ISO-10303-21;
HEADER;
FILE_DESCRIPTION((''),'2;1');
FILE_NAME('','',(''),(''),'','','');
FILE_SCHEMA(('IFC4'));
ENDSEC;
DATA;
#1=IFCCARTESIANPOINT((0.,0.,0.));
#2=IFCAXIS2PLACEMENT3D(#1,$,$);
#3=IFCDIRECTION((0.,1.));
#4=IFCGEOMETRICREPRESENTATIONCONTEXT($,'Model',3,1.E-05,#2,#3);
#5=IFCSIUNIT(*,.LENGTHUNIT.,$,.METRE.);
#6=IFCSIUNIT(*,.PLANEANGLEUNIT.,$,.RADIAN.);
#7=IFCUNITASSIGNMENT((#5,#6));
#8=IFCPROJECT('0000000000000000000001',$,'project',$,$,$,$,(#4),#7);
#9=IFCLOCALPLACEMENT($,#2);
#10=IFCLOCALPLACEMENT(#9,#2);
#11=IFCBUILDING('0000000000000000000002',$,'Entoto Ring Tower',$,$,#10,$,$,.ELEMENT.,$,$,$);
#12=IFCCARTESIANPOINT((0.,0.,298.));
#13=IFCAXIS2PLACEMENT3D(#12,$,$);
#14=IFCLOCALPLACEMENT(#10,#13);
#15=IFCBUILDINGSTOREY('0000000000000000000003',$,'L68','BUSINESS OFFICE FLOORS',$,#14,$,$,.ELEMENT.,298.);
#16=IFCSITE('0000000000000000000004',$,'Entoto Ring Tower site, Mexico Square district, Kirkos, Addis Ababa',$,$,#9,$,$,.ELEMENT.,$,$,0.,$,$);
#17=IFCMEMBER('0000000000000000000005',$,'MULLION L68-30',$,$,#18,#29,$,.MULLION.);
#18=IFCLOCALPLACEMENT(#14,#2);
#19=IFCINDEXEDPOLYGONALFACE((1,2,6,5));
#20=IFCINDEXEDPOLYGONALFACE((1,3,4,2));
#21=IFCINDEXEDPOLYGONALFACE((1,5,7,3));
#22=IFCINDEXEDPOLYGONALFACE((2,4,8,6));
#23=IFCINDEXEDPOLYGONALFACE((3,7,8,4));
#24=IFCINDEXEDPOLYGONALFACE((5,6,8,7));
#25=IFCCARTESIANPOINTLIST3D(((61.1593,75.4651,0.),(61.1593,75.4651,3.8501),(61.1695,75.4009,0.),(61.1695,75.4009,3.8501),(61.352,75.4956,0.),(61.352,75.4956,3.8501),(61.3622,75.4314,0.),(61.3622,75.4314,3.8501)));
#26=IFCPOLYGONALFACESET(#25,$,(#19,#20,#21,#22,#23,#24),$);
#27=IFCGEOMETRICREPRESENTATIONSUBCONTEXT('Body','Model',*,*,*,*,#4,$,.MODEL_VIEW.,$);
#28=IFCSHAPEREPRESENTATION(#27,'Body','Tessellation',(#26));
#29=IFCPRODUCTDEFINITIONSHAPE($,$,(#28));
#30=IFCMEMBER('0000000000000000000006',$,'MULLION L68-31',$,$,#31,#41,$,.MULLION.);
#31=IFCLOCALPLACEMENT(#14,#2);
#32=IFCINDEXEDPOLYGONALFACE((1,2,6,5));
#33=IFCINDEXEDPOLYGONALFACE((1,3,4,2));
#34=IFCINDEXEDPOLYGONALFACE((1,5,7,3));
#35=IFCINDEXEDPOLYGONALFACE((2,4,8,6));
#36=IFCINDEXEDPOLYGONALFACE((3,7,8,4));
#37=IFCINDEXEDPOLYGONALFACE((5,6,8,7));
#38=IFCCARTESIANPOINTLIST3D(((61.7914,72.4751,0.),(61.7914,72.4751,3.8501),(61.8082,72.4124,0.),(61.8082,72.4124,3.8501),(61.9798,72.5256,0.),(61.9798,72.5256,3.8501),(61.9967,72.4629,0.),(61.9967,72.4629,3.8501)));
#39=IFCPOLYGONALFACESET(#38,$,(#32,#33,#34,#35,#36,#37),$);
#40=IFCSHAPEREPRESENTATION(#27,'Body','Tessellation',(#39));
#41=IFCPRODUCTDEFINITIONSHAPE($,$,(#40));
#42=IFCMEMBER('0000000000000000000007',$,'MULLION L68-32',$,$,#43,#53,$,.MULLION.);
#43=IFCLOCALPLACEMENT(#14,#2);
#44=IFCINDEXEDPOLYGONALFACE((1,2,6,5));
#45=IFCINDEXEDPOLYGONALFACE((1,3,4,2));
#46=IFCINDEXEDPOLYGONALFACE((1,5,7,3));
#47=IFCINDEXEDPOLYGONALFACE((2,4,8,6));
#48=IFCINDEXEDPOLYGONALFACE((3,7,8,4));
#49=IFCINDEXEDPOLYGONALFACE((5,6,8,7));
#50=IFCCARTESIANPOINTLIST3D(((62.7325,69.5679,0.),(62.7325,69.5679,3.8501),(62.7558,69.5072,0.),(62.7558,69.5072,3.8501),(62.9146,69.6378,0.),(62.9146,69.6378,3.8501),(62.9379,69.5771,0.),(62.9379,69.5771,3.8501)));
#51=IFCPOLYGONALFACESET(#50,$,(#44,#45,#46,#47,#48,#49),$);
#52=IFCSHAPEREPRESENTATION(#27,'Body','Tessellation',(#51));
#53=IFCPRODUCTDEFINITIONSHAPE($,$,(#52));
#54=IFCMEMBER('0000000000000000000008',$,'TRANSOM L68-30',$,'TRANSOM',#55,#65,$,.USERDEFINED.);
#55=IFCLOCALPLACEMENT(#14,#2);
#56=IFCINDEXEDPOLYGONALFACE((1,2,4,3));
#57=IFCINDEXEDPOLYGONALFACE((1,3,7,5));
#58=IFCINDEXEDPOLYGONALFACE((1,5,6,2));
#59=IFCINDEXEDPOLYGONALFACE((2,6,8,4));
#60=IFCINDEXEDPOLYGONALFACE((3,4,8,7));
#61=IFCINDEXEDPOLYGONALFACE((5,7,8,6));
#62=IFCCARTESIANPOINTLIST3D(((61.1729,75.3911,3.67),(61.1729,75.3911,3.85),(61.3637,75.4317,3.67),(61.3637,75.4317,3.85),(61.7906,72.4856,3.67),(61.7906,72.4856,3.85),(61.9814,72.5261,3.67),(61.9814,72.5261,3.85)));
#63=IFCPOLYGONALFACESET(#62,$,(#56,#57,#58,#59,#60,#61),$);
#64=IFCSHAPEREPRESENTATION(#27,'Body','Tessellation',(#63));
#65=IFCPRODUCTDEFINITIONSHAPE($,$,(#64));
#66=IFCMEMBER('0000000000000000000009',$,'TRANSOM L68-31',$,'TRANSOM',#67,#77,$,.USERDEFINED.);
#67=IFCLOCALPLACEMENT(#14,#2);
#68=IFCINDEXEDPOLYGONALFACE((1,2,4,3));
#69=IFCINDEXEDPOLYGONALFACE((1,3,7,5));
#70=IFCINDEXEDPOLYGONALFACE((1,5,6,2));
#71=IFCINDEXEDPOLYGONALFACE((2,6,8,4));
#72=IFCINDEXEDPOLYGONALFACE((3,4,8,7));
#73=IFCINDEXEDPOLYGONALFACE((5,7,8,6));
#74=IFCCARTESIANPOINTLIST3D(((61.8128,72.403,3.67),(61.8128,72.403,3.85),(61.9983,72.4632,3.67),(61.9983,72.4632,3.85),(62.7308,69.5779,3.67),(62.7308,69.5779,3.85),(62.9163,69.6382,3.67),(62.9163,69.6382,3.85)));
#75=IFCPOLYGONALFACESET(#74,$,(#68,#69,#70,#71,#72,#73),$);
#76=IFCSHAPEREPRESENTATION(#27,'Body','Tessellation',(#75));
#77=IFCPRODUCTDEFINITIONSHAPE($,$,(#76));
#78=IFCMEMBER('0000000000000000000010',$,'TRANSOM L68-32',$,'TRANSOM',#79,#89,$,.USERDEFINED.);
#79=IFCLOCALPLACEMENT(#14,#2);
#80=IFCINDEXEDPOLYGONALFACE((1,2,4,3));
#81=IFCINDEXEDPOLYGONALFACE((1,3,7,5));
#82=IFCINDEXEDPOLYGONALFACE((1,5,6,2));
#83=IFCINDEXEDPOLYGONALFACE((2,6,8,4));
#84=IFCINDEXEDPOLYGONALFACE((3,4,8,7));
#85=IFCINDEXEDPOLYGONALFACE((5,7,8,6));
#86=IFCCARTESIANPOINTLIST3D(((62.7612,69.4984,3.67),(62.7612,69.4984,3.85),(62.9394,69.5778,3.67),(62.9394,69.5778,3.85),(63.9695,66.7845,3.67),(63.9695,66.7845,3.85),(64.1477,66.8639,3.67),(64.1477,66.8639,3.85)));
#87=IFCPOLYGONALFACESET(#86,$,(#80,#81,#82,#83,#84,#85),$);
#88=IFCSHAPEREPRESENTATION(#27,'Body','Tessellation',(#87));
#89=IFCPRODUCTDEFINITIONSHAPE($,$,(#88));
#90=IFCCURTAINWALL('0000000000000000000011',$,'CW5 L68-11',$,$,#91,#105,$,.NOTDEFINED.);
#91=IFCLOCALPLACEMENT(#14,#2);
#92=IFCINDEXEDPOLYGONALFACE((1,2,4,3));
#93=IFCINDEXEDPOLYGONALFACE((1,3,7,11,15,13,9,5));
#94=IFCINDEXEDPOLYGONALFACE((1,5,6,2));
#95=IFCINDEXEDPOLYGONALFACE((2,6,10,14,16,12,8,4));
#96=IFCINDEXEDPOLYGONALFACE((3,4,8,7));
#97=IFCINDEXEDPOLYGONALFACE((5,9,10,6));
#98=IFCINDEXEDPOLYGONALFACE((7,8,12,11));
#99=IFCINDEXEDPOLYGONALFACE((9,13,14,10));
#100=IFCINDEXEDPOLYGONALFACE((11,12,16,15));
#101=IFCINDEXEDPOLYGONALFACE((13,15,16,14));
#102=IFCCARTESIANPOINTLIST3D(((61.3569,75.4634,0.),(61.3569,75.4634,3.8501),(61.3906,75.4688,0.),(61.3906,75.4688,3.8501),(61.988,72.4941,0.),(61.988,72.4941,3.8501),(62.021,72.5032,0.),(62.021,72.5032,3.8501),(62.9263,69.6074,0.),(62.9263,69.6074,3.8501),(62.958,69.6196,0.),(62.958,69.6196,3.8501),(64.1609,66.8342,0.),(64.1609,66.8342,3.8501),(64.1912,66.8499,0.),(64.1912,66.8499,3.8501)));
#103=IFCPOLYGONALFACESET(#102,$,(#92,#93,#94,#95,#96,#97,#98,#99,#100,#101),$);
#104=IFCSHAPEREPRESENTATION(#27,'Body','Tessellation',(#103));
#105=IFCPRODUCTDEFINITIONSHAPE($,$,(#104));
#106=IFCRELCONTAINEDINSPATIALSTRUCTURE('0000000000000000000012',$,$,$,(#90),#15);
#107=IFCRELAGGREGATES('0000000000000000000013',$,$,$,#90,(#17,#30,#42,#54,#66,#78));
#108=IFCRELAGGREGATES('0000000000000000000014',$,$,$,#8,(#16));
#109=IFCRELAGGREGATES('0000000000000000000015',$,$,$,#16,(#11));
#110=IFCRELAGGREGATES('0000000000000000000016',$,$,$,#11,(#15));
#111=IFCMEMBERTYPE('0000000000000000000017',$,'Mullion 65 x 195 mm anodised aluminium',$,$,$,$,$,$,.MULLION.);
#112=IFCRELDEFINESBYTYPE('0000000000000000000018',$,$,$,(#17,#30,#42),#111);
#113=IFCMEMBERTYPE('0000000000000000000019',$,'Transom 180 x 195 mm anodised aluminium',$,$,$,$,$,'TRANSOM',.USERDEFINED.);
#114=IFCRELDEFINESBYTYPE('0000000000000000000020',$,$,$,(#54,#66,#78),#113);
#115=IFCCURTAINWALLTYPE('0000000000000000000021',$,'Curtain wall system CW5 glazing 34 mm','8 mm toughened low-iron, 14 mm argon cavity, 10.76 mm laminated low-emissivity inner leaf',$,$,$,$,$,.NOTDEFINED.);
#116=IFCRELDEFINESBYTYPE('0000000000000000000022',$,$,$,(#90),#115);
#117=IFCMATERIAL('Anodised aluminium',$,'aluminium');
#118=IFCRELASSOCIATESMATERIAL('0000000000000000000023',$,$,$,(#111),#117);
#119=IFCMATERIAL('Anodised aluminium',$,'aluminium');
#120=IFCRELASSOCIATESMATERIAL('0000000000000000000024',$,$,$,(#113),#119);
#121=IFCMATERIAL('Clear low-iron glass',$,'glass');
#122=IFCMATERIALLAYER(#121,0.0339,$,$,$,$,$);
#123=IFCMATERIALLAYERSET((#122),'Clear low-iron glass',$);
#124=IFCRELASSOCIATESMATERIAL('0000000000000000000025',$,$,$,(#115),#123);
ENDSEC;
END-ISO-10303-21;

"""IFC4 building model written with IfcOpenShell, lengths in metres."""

from ifc_helpers import new_model, si_unit, direction, frame, origin, origin_2d, place, context, subcontext, project, spatial, polyline, rectangle, outline, extrude, material, layer, layer_set, material_profile, profile_set, type_object, element, aggregate, save


model = new_model("IFC4")

# Units and contexts
model_context = context("Model", 3, precision=1e-05, world=origin(), true_north=direction((0.0, 1.0)))
body_context = subcontext(model_context, "Body", "Model", "MODEL_VIEW")
ifc_project = project(units=[si_unit("LENGTHUNIT", "METRE"), si_unit("PLANEANGLEUNIT", "RADIAN")], contexts=[model_context])

# Members
ifc_material_1 = material(Name="Anodised aluminium", Category="aluminium")
ifc_material_profile_1 = material_profile(ifc_material_1, rectangle(XDim=0.0649, YDim=0.1951, at=origin_2d()), Name="Mullion 65 x 195 mm anodised aluminium")
ifc_profile_set_1 = profile_set([ifc_material_profile_1], Name="Anodised aluminium")
member_type_1 = type_object("IfcMemberType", Name="Mullion 65 x 195 mm anodised aluminium", PredefinedType="MULLION", material=ifc_profile_set_1)
site_placement = place(None, origin())
building_placement = place(site_placement, origin())
storey_placement = place(building_placement, frame((0.0, 0.0, 298.0)))
member_1_placement = place(storey_placement, frame((61.2607, 75.4482, 0.0), z_axis=(0.0, 0.0, 1.0), x_axis=(0.156434, -0.987688, 0.0)))
member_1 = element("IfcMember", 1, at=member_1_placement, type_object=member_type_1, Name="MULLION L68-30", PredefinedType="MULLION", context=body_context, shape_type="SweptSolid", body=[
    extrude(rectangle(XDim=0.0649, YDim=0.1951, at=origin_2d()), origin(), (0.0, 0.0, 1.0), 3.8501),
])
member_2_placement = place(storey_placement, frame((61.894, 72.469, 0.0), z_axis=(0.0, 0.0, 1.0), x_axis=(0.258819, -0.965926, 0.0)))
member_2 = element("IfcMember", 2, at=member_2_placement, type_object=member_type_1, Name="MULLION L68-31", PredefinedType="MULLION", context=body_context, shape_type="SweptSolid", body=[
    extrude(rectangle(XDim=0.0649, YDim=0.1951, at=origin_2d()), origin(), (0.0, 0.0, 1.0), 3.8501),
])
member_3_placement = place(storey_placement, frame((62.8352, 69.5725, 0.0), z_axis=(0.0, 0.0, 1.0), x_axis=(0.358368, -0.93358, 0.0)))
member_3 = element("IfcMember", 3, at=member_3_placement, type_object=member_type_1, Name="MULLION L68-32", PredefinedType="MULLION", context=body_context, shape_type="SweptSolid", body=[
    extrude(rectangle(XDim=0.0649, YDim=0.1951, at=origin_2d()), origin(), (0.0, 0.0, 1.0), 3.8501),
])
ifc_material_2 = material(Name="Anodised aluminium", Category="aluminium")
ifc_material_profile_2 = material_profile(ifc_material_2, rectangle(XDim=0.1951, YDim=0.1799, at=origin_2d()), Name="Transom 180 x 195 mm anodised aluminium")
ifc_profile_set_2 = profile_set([ifc_material_profile_2], Name="Anodised aluminium")
member_type_2 = type_object("IfcMemberType", Name="Transom 180 x 195 mm anodised aluminium", ElementType="TRANSOM", PredefinedType="USERDEFINED", material=ifc_profile_set_2)
member_4_placement = place(storey_placement, frame((61.2683, 75.4114, 3.76), z_axis=(0.20794, -0.978142, 0.0), x_axis=(0.978142, 0.20794, 0.0)))
member_4 = element("IfcMember", 4, at=member_4_placement, type_object=member_type_2, Name="TRANSOM L68-30", ObjectType="TRANSOM", PredefinedType="USERDEFINED", context=body_context, shape_type="SweptSolid", body=[
    extrude(rectangle(XDim=0.1951, YDim=0.1799, at=origin_2d()), origin(), (0.0, 0.0, 1.0), 2.9705),
])
member_5_placement = place(storey_placement, frame((61.9055, 72.4331, 3.76), z_axis=(0.309043, -0.951048, 0.0), x_axis=(0.951048, 0.309043, 0.0)))
member_5 = element("IfcMember", 5, at=member_5_placement, type_object=member_type_2, Name="TRANSOM L68-31", ObjectType="TRANSOM", PredefinedType="USERDEFINED", context=body_context, shape_type="SweptSolid", body=[
    extrude(rectangle(XDim=0.1951, YDim=0.1799, at=origin_2d()), origin(), (0.0, 0.0, 1.0), 2.9705),
])
member_6_placement = place(storey_placement, frame((62.8503, 69.5381, 3.76), z_axis=(0.406726, -0.91355, 0.0), x_axis=(0.91355, 0.406726, 0.0)))
member_6 = element("IfcMember", 6, at=member_6_placement, type_object=member_type_2, Name="TRANSOM L68-32", ObjectType="TRANSOM", PredefinedType="USERDEFINED", context=body_context, shape_type="SweptSolid", body=[
    extrude(rectangle(XDim=0.1951, YDim=0.1799, at=origin_2d()), origin(), (0.0, 0.0, 1.0), 2.9707),
])

# Site, building, storey
site = spatial("IfcSite", under=ifc_project, at=site_placement, Name="Entoto Ring Tower site, Mexico Square district, Kirkos, Addis Ababa", CompositionType="ELEMENT", RefElevation=0.0)
building = spatial("IfcBuilding", under=site, at=building_placement, Name="Entoto Ring Tower", CompositionType="ELEMENT")
storey = spatial("IfcBuildingStorey", under=building, at=storey_placement, Name="L68", Description="BUSINESS OFFICE FLOORS", CompositionType="ELEMENT", Elevation=298.0)

# Curtain wall
ifc_material_3 = material(Name="Clear low-iron glass", Category="glass")
ifc_layer = layer(ifc_material_3, 0.0339)
ifc_layer_set = layer_set([ifc_layer], Name="Clear low-iron glass")
curtain_wall_type = type_object("IfcCurtainWallType", Name="Curtain wall system CW5 glazing 34 mm", Description="8 mm toughened low-iron, 14 mm argon cavity, 10.76 mm laminated low-emissivity inner leaf", PredefinedType="NOTDEFINED", material=ifc_layer_set)
curtain_wall_1_placement = place(storey_placement, origin())
curtain_wall_1 = element("IfcCurtainWall", 7, at=curtain_wall_1_placement, inside=storey, type_object=curtain_wall_type, Name="CW5 L68-11", PredefinedType="NOTDEFINED", context=body_context, shape_type="SweptSolid", body=[
    extrude(outline(polyline([(61.3569, 75.4634), (61.988, 72.4941), (62.9263, 69.6074), (64.1609, 66.8342), (64.1912, 66.8499), (62.958, 69.6196), (62.021, 72.5032), (61.3906, 75.4688), (61.3569, 75.4634)])), origin(), (0.0, 0.0, 1.0), 3.8501),
])
aggregate(curtain_wall_1, [member_1, member_2, member_3, member_4, member_5, member_6])

save(model, "model.ifc")
